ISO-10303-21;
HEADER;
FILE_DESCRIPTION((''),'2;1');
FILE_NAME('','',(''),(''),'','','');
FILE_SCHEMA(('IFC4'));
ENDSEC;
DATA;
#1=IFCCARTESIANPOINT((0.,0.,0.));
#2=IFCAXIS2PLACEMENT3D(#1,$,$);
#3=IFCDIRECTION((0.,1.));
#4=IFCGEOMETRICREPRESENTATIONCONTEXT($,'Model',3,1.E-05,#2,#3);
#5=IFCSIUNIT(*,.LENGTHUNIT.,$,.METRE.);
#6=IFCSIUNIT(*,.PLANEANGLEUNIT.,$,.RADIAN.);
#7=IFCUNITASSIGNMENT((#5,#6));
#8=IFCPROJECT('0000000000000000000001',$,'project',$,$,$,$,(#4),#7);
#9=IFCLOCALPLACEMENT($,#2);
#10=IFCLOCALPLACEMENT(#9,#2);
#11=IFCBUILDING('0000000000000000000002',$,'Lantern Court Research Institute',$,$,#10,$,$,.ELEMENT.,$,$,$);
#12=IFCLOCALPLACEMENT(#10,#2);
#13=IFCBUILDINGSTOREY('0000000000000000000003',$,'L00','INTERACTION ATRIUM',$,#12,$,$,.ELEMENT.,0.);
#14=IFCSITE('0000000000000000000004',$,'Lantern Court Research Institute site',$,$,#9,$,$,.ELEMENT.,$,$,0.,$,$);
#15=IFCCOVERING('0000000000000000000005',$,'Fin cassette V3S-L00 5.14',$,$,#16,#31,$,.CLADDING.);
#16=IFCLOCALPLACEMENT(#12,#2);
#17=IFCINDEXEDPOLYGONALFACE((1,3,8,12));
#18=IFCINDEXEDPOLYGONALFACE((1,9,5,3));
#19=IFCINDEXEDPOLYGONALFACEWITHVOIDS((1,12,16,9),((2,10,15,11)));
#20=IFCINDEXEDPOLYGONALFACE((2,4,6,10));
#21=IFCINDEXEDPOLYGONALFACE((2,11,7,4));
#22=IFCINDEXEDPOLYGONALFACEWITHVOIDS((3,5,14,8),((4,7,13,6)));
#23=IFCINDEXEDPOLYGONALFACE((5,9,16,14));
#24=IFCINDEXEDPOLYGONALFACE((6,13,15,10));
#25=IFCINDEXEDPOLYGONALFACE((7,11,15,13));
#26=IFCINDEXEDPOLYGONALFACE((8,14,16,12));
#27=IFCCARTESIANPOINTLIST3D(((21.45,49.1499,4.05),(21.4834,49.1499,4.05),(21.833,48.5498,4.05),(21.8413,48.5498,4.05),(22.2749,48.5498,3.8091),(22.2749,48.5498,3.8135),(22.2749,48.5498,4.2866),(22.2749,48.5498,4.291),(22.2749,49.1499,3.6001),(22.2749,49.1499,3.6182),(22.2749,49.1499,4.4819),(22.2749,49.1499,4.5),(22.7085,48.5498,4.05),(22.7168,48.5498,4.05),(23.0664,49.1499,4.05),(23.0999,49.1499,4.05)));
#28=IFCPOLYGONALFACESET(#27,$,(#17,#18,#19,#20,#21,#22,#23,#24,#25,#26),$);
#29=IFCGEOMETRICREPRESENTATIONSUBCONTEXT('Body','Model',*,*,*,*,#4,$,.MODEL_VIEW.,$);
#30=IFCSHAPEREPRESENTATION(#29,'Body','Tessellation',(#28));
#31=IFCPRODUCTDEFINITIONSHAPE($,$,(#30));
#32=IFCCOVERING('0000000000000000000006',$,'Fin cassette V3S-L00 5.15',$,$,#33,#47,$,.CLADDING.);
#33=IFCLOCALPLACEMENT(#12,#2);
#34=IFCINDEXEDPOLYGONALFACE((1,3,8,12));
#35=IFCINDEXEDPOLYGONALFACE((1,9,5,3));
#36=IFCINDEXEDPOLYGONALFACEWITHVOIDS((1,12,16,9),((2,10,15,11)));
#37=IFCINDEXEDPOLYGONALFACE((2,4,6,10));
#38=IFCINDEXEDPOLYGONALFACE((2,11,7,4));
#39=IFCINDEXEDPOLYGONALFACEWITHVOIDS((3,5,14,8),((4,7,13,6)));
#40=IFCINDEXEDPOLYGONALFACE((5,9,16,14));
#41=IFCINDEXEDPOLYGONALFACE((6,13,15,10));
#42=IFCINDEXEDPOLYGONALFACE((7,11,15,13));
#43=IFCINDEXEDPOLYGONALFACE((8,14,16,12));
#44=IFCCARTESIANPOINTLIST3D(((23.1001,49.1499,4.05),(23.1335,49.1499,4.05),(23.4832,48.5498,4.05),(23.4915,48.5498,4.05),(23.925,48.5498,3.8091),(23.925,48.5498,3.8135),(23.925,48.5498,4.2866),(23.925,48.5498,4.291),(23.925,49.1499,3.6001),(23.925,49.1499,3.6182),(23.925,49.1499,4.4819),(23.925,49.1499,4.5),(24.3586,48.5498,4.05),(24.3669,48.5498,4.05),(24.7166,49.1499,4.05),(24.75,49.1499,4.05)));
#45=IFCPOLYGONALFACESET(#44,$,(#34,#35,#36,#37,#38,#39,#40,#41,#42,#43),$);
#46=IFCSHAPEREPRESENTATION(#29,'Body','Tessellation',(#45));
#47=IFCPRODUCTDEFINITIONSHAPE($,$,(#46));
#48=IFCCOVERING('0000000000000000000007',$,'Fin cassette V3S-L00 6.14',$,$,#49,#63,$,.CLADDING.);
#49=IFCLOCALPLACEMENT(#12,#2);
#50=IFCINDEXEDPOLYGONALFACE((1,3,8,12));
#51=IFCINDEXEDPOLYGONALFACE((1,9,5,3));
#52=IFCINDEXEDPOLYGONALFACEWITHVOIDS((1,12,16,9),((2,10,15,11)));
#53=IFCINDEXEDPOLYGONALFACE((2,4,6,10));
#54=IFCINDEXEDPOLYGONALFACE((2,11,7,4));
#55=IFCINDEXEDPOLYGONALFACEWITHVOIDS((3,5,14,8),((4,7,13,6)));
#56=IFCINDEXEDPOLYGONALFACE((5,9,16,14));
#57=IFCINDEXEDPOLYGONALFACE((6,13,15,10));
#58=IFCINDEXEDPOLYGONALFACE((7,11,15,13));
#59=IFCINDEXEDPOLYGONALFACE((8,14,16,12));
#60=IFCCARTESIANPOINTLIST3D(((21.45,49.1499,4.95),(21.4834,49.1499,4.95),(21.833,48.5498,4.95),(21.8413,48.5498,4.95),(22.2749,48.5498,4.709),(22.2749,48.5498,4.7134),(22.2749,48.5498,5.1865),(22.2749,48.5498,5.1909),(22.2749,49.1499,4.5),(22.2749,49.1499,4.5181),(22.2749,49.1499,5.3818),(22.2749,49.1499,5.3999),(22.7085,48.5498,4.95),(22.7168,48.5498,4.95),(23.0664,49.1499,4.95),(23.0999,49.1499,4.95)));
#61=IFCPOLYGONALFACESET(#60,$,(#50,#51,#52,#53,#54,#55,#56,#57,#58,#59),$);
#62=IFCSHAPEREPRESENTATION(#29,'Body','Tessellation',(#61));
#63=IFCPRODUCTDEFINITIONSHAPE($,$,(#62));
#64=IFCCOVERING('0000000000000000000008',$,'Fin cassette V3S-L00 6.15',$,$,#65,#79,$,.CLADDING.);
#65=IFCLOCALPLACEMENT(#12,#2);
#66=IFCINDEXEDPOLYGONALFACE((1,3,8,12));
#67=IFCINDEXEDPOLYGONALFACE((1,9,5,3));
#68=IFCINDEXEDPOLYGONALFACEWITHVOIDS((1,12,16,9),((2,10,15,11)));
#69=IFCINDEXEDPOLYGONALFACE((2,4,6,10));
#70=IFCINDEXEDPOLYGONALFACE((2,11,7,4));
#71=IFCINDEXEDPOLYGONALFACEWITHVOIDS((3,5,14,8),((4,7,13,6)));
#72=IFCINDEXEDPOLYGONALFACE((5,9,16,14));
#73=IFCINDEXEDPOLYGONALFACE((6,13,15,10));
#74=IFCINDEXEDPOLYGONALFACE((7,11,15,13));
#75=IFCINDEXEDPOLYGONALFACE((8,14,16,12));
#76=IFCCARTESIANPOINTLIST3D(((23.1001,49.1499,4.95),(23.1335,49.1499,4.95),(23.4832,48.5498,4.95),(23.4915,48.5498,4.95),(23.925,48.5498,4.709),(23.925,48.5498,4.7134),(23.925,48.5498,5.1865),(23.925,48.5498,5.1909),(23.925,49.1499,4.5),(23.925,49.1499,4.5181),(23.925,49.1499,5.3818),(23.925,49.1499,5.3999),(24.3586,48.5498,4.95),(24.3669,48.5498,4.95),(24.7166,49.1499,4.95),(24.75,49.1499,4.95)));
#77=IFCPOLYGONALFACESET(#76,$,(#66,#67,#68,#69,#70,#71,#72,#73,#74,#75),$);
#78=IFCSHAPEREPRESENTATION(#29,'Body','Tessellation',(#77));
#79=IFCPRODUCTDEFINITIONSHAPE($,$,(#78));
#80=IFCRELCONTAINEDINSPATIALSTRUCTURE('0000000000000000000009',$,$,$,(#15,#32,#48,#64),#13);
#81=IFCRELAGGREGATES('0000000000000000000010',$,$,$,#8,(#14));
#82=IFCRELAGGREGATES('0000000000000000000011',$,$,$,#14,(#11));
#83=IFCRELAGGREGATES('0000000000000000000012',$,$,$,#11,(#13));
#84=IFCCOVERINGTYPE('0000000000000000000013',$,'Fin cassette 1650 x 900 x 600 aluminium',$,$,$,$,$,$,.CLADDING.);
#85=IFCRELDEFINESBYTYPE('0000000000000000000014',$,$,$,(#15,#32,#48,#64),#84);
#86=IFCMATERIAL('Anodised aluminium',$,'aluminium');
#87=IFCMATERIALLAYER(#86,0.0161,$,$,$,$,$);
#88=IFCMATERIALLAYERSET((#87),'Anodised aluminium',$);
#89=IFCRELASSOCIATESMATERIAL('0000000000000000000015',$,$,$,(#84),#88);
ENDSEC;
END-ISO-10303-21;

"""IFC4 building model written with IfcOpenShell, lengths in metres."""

from ifc_helpers import new_model, entity, si_unit, direction, frame, origin, place, context, subcontext, project, spatial, material, layer, layer_set, type_object, element, save


model = new_model("IFC4")

# Units and contexts
model_context = context("Model", 3, precision=1e-05, world=origin(), true_north=direction((0.0, 1.0)))
body_context = subcontext(model_context, "Body", "Model", "MODEL_VIEW")
ifc_project = project(units=[si_unit("LENGTHUNIT", "METRE"), si_unit("PLANEANGLEUNIT", "RADIAN")], contexts=[model_context])

# Site, building, storey
site_placement = place(None, origin())
site = spatial("IfcSite", under=ifc_project, at=site_placement, Name="Lantern Court Research Institute site", CompositionType="ELEMENT", RefElevation=0.0)
building_placement = place(site_placement, origin())
building = spatial("IfcBuilding", under=site, at=building_placement, Name="Lantern Court Research Institute", CompositionType="ELEMENT")
storey_placement = place(building_placement, origin())
storey = spatial("IfcBuildingStorey", under=building, at=storey_placement, Name="L00", Description="INTERACTION ATRIUM", CompositionType="ELEMENT", Elevation=0.0)

# Coverings
ifc_material_1 = material(Name="Anodised aluminium", Category="aluminium")
ifc_layer_1 = layer(ifc_material_1, 0.0161)
ifc_layer_set_1 = layer_set([ifc_layer_1], Name="Anodised aluminium")
covering_type_1 = type_object("IfcCoveringType", Name="Fin cassette 1650 x 900 x 600 aluminium", PredefinedType="CLADDING", material=ifc_layer_set_1)
covering_1_placement = place(storey_placement, frame((22.2749, 49.1499, 4.05), z_axis=(0.0, -1.0, 0.0), x_axis=(1.0, 0.0, 0.0)))
cartesian_point_1 = entity("IfcCartesianPoint", [0.825, 0.0])
cartesian_point_2 = entity("IfcCartesianPoint", [0.7915, 0.0])
cartesian_point_3 = entity("IfcCartesianPoint", [0.4419, 0.0])
cartesian_point_4 = entity("IfcCartesianPoint", [0.4336, 0.0])
element("IfcCovering", 1, at=covering_1_placement, inside=storey, type_object=covering_type_1, Name="Fin cassette V3S-L00 5.14", PredefinedType="CLADDING", context=body_context, shape_type="SweptSolid", body=[
    entity("IfcExtrudedAreaSolidTapered", entity("IfcArbitraryProfileDefWithVoids", "AREA", None, entity("IfcPolyline", [cartesian_point_1, entity("IfcCartesianPoint", [0.0, 0.45]), entity("IfcCartesianPoint", [-0.825, 0.0]), entity("IfcCartesianPoint", [0.0, -0.45]), cartesian_point_1]), [entity("IfcPolyline", [cartesian_point_2, entity("IfcCartesianPoint", [0.0, 0.4319]), entity("IfcCartesianPoint", [-0.7915, 0.0]), entity("IfcCartesianPoint", [0.0, -0.4319]), cartesian_point_2])]), entity("IfcAxis2Placement3D", entity("IfcCartesianPoint", [0.0, 0.0, 0.0])), entity("IfcDirection", [0.0, 0.0, 1.0]), 0.6001, entity("IfcArbitraryProfileDefWithVoids", "AREA", None, entity("IfcPolyline", [cartesian_point_3, entity("IfcCartesianPoint", [0.0, 0.241]), entity("IfcCartesianPoint", [-0.4419, 0.0]), entity("IfcCartesianPoint", [0.0, -0.241]), cartesian_point_3]), [entity("IfcPolyline", [cartesian_point_4, entity("IfcCartesianPoint", [0.0, 0.2366]), entity("IfcCartesianPoint", [-0.4336, 0.0]), entity("IfcCartesianPoint", [0.0, -0.2366]), cartesian_point_4])])),
])
covering_2_placement = place(storey_placement, frame((23.925, 49.1499, 4.05), z_axis=(0.0, -1.0, 0.0), x_axis=(1.0, 0.0, 0.0)))
cartesian_point_5 = entity("IfcCartesianPoint", [0.825, 0.0])
cartesian_point_6 = entity("IfcCartesianPoint", [0.7915, 0.0])
cartesian_point_7 = entity("IfcCartesianPoint", [0.4419, 0.0])
cartesian_point_8 = entity("IfcCartesianPoint", [0.4336, 0.0])
element("IfcCovering", 2, at=covering_2_placement, inside=storey, type_object=covering_type_1, Name="Fin cassette V3S-L00 5.15", PredefinedType="CLADDING", context=body_context, shape_type="SweptSolid", body=[
    entity("IfcExtrudedAreaSolidTapered", entity("IfcArbitraryProfileDefWithVoids", "AREA", None, entity("IfcPolyline", [cartesian_point_5, entity("IfcCartesianPoint", [0.0, 0.45]), entity("IfcCartesianPoint", [-0.825, 0.0]), entity("IfcCartesianPoint", [0.0, -0.45]), cartesian_point_5]), [entity("IfcPolyline", [cartesian_point_6, entity("IfcCartesianPoint", [0.0, 0.4319]), entity("IfcCartesianPoint", [-0.7915, 0.0]), entity("IfcCartesianPoint", [0.0, -0.4319]), cartesian_point_6])]), entity("IfcAxis2Placement3D", entity("IfcCartesianPoint", [0.0, 0.0, 0.0])), entity("IfcDirection", [0.0, 0.0, 1.0]), 0.6001, entity("IfcArbitraryProfileDefWithVoids", "AREA", None, entity("IfcPolyline", [cartesian_point_7, entity("IfcCartesianPoint", [0.0, 0.241]), entity("IfcCartesianPoint", [-0.4419, 0.0]), entity("IfcCartesianPoint", [0.0, -0.241]), cartesian_point_7]), [entity("IfcPolyline", [cartesian_point_8, entity("IfcCartesianPoint", [0.0, 0.2366]), entity("IfcCartesianPoint", [-0.4336, 0.0]), entity("IfcCartesianPoint", [0.0, -0.2366]), cartesian_point_8])])),
])
covering_3_placement = place(storey_placement, frame((22.2749, 49.1499, 4.95), z_axis=(0.0, -1.0, 0.0), x_axis=(1.0, 0.0, 0.0)))
cartesian_point_9 = entity("IfcCartesianPoint", [0.825, 0.0])
cartesian_point_10 = entity("IfcCartesianPoint", [0.7915, 0.0])
cartesian_point_11 = entity("IfcCartesianPoint", [0.4419, 0.0])
cartesian_point_12 = entity("IfcCartesianPoint", [0.4336, 0.0])
element("IfcCovering", 3, at=covering_3_placement, inside=storey, type_object=covering_type_1, Name="Fin cassette V3S-L00 6.14", PredefinedType="CLADDING", context=body_context, shape_type="SweptSolid", body=[
    entity("IfcExtrudedAreaSolidTapered", entity("IfcArbitraryProfileDefWithVoids", "AREA", None, entity("IfcPolyline", [cartesian_point_9, entity("IfcCartesianPoint", [0.0, 0.45]), entity("IfcCartesianPoint", [-0.825, 0.0]), entity("IfcCartesianPoint", [0.0, -0.45]), cartesian_point_9]), [entity("IfcPolyline", [cartesian_point_10, entity("IfcCartesianPoint", [0.0, 0.4319]), entity("IfcCartesianPoint", [-0.7915, 0.0]), entity("IfcCartesianPoint", [0.0, -0.4319]), cartesian_point_10])]), entity("IfcAxis2Placement3D", entity("IfcCartesianPoint", [0.0, 0.0, 0.0])), entity("IfcDirection", [0.0, 0.0, 1.0]), 0.6001, entity("IfcArbitraryProfileDefWithVoids", "AREA", None, entity("IfcPolyline", [cartesian_point_11, entity("IfcCartesianPoint", [0.0, 0.241]), entity("IfcCartesianPoint", [-0.4419, 0.0]), entity("IfcCartesianPoint", [0.0, -0.241]), cartesian_point_11]), [entity("IfcPolyline", [cartesian_point_12, entity("IfcCartesianPoint", [0.0, 0.2366]), entity("IfcCartesianPoint", [-0.4336, 0.0]), entity("IfcCartesianPoint", [0.0, -0.2366]), cartesian_point_12])])),
])
covering_4_placement = place(storey_placement, frame((23.925, 49.1499, 4.95), z_axis=(0.0, -1.0, 0.0), x_axis=(1.0, 0.0, 0.0)))
cartesian_point_13 = entity("IfcCartesianPoint", [0.825, 0.0])
cartesian_point_14 = entity("IfcCartesianPoint", [0.7915, 0.0])
cartesian_point_15 = entity("IfcCartesianPoint", [0.4419, 0.0])
cartesian_point_16 = entity("IfcCartesianPoint", [0.4336, 0.0])
element("IfcCovering", 4, at=covering_4_placement, inside=storey, type_object=covering_type_1, Name="Fin cassette V3S-L00 6.15", PredefinedType="CLADDING", context=body_context, shape_type="SweptSolid", body=[
    entity("IfcExtrudedAreaSolidTapered", entity("IfcArbitraryProfileDefWithVoids", "AREA", None, entity("IfcPolyline", [cartesian_point_13, entity("IfcCartesianPoint", [0.0, 0.45]), entity("IfcCartesianPoint", [-0.825, 0.0]), entity("IfcCartesianPoint", [0.0, -0.45]), cartesian_point_13]), [entity("IfcPolyline", [cartesian_point_14, entity("IfcCartesianPoint", [0.0, 0.4319]), entity("IfcCartesianPoint", [-0.7915, 0.0]), entity("IfcCartesianPoint", [0.0, -0.4319]), cartesian_point_14])]), entity("IfcAxis2Placement3D", entity("IfcCartesianPoint", [0.0, 0.0, 0.0])), entity("IfcDirection", [0.0, 0.0, 1.0]), 0.6001, entity("IfcArbitraryProfileDefWithVoids", "AREA", None, entity("IfcPolyline", [cartesian_point_15, entity("IfcCartesianPoint", [0.0, 0.241]), entity("IfcCartesianPoint", [-0.4419, 0.0]), entity("IfcCartesianPoint", [0.0, -0.241]), cartesian_point_15]), [entity("IfcPolyline", [cartesian_point_16, entity("IfcCartesianPoint", [0.0, 0.2366]), entity("IfcCartesianPoint", [-0.4336, 0.0]), entity("IfcCartesianPoint", [0.0, -0.2366]), cartesian_point_16])])),
])

save(model, "model.ifc")
